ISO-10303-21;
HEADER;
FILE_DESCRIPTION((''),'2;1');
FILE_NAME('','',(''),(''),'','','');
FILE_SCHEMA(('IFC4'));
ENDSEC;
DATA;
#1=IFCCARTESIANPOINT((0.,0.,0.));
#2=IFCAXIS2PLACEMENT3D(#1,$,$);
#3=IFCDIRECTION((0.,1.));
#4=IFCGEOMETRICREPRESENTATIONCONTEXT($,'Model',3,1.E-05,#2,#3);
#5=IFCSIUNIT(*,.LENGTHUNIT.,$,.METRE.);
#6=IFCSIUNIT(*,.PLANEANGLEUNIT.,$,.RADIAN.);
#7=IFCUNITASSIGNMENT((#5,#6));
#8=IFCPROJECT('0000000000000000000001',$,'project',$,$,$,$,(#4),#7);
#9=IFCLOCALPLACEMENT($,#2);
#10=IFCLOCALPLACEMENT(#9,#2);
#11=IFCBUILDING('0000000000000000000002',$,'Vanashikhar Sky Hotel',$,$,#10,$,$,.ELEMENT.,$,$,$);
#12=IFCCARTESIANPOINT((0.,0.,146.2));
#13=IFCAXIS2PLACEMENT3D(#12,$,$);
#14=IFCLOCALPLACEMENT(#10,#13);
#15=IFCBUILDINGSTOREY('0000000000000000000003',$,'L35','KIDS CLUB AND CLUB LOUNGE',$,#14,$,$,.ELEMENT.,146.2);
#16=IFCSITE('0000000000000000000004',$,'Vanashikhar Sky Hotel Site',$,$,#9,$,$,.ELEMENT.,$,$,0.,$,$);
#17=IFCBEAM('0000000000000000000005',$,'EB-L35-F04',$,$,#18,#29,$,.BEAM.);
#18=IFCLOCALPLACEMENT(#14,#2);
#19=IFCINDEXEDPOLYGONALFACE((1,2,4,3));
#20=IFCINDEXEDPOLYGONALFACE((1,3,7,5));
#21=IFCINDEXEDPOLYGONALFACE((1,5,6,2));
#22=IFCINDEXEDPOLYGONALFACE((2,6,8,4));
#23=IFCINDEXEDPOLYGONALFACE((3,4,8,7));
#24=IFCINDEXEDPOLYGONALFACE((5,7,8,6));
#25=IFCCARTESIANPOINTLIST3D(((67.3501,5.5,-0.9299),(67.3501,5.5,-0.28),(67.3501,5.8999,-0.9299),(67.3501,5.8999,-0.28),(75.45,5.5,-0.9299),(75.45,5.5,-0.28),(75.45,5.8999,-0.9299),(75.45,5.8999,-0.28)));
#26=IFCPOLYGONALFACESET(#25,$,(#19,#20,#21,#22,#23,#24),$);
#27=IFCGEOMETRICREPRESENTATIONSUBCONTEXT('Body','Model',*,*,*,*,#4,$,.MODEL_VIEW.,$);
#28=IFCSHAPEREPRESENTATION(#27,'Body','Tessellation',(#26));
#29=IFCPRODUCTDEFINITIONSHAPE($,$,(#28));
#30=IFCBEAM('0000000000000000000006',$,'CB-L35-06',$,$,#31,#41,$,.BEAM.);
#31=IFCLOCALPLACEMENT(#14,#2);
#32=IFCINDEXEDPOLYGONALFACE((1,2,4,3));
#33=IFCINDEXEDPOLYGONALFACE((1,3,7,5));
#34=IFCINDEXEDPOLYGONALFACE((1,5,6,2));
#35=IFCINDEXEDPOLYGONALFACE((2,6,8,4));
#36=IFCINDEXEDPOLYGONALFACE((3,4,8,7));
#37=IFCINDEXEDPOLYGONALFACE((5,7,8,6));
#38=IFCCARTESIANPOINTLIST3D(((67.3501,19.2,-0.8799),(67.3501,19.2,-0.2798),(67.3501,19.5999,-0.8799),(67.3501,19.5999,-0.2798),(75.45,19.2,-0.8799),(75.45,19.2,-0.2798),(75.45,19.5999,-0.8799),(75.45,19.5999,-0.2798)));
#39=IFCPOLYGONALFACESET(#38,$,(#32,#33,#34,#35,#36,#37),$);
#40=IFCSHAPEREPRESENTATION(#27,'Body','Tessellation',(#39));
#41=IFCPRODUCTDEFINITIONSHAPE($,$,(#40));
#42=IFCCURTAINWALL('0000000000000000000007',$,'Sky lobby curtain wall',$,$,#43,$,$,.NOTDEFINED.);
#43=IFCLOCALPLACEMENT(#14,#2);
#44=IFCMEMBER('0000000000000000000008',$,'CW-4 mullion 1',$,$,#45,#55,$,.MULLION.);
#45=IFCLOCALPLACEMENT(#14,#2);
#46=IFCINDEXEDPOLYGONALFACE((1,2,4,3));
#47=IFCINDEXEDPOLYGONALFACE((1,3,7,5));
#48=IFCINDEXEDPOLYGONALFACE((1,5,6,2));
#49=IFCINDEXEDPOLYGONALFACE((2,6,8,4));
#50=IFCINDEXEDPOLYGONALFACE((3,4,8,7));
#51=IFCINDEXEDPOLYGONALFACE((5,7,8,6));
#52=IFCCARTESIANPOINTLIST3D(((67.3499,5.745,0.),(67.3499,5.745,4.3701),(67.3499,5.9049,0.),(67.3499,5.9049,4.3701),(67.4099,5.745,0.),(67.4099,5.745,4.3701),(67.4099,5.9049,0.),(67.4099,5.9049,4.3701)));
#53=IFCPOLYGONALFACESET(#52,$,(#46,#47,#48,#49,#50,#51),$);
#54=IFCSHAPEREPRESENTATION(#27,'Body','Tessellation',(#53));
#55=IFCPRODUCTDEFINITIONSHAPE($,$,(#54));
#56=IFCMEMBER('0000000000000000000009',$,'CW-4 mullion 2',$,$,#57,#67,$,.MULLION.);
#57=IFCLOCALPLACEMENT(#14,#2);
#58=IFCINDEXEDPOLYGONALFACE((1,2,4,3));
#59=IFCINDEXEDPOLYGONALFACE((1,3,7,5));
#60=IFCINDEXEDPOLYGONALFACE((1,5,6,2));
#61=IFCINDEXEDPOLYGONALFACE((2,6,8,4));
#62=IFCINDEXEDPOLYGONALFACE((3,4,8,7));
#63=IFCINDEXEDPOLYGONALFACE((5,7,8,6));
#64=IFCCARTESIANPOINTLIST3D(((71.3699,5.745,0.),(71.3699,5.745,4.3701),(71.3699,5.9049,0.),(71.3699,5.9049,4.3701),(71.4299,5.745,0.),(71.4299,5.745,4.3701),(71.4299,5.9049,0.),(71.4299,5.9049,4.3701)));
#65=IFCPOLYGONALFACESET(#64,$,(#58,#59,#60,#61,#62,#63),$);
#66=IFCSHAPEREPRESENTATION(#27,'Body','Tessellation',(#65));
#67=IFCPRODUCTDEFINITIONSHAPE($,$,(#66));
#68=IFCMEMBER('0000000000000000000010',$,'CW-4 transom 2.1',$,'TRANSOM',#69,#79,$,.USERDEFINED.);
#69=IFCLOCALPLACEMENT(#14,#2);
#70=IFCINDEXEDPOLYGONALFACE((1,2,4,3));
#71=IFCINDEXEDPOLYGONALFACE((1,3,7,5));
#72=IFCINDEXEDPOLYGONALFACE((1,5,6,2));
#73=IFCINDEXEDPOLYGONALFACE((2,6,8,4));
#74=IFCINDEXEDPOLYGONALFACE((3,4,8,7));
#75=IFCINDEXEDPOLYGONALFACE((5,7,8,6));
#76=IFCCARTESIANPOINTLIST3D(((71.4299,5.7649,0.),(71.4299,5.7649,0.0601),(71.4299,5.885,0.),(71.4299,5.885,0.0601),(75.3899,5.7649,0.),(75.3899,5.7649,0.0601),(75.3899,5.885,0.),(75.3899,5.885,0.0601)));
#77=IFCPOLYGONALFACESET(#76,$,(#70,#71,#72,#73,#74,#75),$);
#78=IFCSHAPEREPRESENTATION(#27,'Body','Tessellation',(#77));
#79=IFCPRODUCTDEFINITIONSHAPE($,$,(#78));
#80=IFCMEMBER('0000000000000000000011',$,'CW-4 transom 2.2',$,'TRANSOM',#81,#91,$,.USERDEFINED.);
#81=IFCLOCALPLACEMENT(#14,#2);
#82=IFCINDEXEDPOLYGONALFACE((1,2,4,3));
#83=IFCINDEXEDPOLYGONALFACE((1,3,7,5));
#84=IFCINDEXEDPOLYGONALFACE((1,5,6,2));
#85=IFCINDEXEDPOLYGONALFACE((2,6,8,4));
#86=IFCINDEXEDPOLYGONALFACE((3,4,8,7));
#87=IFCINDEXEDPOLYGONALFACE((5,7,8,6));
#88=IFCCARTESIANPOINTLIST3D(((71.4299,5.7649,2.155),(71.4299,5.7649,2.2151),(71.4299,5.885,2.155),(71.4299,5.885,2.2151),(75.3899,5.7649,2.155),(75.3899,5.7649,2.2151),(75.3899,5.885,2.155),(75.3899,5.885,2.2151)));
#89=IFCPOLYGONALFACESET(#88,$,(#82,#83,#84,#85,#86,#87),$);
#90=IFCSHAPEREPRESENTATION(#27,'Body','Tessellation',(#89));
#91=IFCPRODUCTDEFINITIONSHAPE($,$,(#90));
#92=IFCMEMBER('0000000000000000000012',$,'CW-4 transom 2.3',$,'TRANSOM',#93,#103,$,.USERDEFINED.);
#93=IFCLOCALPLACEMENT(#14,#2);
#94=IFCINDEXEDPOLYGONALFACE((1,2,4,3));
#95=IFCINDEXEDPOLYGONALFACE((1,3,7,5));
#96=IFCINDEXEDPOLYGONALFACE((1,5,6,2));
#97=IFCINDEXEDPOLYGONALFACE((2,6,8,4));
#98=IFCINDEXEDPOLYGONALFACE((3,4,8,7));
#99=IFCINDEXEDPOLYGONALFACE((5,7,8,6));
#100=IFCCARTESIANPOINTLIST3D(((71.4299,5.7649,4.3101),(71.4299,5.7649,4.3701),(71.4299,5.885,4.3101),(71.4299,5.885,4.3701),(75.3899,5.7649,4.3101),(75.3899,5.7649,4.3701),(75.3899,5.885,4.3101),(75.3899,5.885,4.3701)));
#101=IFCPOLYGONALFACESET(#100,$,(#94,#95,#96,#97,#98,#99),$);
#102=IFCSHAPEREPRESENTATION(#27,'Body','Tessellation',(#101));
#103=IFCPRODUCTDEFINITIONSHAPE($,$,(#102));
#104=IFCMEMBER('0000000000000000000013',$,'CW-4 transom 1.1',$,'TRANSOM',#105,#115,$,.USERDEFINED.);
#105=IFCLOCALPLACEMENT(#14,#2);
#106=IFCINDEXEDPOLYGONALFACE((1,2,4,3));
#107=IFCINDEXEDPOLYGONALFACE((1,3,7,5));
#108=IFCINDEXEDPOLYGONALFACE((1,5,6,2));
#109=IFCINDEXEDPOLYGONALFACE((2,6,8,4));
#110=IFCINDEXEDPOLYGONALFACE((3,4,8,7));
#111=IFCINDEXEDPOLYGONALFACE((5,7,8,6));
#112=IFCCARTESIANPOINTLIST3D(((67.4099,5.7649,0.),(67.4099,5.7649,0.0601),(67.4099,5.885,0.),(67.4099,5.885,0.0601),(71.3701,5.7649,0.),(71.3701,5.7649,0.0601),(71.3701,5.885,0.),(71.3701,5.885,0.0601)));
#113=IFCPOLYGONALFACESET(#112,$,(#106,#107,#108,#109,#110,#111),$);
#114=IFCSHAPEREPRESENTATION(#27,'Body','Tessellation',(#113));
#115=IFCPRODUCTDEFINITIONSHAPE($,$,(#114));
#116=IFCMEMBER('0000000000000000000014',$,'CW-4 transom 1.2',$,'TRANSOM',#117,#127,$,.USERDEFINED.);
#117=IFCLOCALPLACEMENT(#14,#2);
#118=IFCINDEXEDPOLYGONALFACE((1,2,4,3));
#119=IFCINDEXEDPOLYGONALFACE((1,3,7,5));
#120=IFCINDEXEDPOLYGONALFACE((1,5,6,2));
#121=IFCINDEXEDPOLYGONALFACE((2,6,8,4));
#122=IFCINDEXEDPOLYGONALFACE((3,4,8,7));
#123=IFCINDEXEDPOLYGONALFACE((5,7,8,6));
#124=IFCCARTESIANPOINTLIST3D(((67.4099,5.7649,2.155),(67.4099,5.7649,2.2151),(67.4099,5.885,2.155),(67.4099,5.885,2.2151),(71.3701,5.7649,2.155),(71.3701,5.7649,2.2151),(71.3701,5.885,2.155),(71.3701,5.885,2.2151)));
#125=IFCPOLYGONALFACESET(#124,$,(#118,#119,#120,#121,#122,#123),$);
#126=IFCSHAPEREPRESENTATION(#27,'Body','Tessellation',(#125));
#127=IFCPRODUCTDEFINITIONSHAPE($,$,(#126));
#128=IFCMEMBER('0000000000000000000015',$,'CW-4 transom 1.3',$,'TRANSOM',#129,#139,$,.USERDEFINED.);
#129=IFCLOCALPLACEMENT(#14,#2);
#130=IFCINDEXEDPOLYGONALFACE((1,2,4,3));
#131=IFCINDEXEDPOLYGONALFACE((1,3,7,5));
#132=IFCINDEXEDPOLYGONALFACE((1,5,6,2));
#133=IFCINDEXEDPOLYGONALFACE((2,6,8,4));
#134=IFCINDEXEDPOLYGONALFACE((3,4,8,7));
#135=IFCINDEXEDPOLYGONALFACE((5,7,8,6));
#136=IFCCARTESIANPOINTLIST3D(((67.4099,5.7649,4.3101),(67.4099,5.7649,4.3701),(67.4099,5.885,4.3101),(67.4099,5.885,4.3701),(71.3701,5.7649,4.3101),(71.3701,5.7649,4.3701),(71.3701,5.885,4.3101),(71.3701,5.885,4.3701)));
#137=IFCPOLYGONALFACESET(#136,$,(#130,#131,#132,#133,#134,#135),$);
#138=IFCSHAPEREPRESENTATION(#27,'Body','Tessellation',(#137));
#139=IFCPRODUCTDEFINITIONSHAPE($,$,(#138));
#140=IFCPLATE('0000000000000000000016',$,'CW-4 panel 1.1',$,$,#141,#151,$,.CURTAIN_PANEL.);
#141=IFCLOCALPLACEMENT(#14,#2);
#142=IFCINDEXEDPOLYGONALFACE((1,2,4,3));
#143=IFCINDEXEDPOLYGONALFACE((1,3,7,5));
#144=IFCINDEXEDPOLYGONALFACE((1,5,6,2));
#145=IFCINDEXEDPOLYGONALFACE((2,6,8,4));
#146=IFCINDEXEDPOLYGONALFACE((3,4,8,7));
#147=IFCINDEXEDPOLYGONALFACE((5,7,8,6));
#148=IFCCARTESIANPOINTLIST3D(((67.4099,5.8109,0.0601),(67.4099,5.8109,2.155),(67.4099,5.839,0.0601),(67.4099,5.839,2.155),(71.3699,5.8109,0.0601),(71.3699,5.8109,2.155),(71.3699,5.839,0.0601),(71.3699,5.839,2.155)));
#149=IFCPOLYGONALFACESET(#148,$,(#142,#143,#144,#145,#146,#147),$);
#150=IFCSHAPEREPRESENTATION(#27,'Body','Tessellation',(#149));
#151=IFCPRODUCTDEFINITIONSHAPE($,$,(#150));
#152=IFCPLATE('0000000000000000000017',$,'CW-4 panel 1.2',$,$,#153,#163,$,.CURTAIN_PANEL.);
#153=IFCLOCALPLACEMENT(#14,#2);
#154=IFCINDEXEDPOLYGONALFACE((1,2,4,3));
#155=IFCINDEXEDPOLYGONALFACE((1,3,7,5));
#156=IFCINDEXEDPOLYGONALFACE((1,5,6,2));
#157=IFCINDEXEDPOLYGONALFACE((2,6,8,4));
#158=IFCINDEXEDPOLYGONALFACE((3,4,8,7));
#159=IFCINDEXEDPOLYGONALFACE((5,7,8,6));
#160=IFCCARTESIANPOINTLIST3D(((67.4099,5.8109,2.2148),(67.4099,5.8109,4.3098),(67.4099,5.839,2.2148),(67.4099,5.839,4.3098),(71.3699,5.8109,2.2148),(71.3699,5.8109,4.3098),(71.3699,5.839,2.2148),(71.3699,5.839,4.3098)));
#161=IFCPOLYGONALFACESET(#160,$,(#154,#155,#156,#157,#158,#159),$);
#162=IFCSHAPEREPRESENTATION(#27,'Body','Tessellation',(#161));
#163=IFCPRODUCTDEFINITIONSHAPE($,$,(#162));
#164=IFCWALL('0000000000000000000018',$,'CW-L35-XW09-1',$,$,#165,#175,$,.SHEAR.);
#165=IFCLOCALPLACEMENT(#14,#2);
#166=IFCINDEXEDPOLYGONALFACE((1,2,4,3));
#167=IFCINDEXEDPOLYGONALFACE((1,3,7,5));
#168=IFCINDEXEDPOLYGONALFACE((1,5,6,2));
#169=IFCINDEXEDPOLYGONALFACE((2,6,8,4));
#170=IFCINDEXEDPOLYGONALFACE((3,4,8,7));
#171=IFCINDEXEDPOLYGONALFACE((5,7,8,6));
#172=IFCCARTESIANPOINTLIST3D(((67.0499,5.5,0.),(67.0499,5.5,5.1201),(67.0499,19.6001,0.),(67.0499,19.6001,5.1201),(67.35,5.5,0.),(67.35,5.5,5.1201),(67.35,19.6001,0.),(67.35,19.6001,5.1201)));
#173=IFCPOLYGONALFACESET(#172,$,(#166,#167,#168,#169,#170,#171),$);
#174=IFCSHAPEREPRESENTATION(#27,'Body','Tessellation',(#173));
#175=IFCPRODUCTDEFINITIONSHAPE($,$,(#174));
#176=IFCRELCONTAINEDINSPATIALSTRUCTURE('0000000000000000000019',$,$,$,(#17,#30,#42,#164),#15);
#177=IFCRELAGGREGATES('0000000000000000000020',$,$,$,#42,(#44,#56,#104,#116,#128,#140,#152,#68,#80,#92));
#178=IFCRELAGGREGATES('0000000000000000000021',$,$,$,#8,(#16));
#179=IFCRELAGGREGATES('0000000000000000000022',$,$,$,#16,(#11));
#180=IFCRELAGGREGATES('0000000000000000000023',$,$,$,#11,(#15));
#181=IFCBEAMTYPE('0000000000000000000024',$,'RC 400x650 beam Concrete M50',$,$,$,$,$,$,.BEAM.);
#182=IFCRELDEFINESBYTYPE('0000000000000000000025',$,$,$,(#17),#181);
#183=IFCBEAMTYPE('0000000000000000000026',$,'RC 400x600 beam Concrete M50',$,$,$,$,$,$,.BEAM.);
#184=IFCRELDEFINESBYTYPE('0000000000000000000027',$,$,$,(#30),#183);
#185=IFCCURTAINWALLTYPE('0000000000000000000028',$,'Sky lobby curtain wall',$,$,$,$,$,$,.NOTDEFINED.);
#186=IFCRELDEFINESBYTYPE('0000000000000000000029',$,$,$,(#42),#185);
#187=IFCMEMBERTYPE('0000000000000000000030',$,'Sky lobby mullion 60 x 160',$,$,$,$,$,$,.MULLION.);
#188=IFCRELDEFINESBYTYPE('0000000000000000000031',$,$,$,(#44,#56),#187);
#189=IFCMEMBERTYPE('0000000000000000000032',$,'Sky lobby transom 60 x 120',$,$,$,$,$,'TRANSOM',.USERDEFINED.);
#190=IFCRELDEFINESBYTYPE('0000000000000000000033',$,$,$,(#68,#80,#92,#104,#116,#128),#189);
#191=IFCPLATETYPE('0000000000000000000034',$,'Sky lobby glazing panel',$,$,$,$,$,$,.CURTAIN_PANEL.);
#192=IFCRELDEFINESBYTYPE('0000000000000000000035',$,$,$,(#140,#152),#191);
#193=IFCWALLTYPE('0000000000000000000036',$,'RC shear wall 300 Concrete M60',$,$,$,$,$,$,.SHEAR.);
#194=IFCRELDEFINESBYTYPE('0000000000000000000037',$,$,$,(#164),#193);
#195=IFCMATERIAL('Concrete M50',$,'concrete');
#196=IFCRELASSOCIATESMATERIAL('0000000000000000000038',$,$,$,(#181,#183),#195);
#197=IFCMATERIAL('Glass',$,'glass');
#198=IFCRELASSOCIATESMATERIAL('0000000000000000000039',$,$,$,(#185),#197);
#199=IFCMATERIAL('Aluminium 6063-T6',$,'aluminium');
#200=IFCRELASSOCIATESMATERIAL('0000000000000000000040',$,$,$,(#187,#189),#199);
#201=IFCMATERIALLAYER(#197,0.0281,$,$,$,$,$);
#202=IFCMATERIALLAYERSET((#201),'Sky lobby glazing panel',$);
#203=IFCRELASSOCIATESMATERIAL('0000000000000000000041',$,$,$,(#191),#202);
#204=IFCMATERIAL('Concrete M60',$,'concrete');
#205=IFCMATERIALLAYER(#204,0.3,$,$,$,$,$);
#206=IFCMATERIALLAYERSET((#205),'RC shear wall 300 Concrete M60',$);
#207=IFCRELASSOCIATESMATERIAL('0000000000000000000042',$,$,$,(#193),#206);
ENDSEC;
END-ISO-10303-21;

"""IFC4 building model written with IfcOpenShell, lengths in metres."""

from ifc_helpers import new_model, si_unit, direction, frame, frame_2d, origin, origin_2d, place, context, subcontext, project, spatial, rectangle, extrude, source, transform, mapped, material, layer, layer_set, material_profile, profile_set, type_object, element, aggregate, save


model = new_model("IFC4")

# Units and contexts
model_context = context("Model", 3, precision=1e-05, world=origin(), true_north=direction((0.0, 1.0)))
body_context = subcontext(model_context, "Body", "Model", "MODEL_VIEW")
ifc_project = project(units=[si_unit("LENGTHUNIT", "METRE"), si_unit("PLANEANGLEUNIT", "RADIAN")], contexts=[model_context])

# Site, building, storey
site_placement = place(None, origin())
site = spatial("IfcSite", under=ifc_project, at=site_placement, Name="Vanashikhar Sky Hotel Site", CompositionType="ELEMENT", RefElevation=0.0)
building_placement = place(site_placement, origin())
building = spatial("IfcBuilding", under=site, at=building_placement, Name="Vanashikhar Sky Hotel", CompositionType="ELEMENT")
storey_placement = place(building_placement, frame((0.0, 0.0, 146.2)))
storey = spatial("IfcBuildingStorey", under=building, at=storey_placement, Name="L35", Description="KIDS CLUB AND CLUB LOUNGE", CompositionType="ELEMENT", Elevation=146.2)

# Beams
ifc_material_1 = material(Name="Concrete M50", Category="concrete")
ifc_material_profile_1 = material_profile(ifc_material_1, rectangle(XDim=0.3999, YDim=0.6499, at=origin_2d()))
ifc_profile_set_1 = profile_set([ifc_material_profile_1], Name="RC 400x650 beam Concrete M50")
beam_type_1 = type_object("IfcBeamType", Name="RC 400x650 beam Concrete M50", PredefinedType="BEAM", material=ifc_profile_set_1)
shared_shape_1 = source(origin(), body_context, "Body", "SweptSolid", [
    extrude(rectangle(XDim=0.3999, YDim=0.6499, at=origin_2d()), origin(), (0.0, 0.0, 1.0), 8.0999),
])
beam_1_placement = place(storey_placement, frame((67.3501, 5.7, -0.605), z_axis=(1.0, 0.0, 0.0), x_axis=(0.0, 1.0, 0.0)))
element("IfcBeam", 1, at=beam_1_placement, inside=storey, type_object=beam_type_1, Name="EB-L35-F04", PredefinedType="BEAM", context=body_context, shape_type="MappedRepresentation", body=[
    mapped(shared_shape_1, transform((0.0, 0.0, 0.0), scale=1.0)),
])
ifc_material_profile_2 = material_profile(ifc_material_1, rectangle(XDim=0.3999, YDim=0.6001, at=origin_2d()))
ifc_profile_set_2 = profile_set([ifc_material_profile_2], Name="RC 400x600 beam Concrete M50")
beam_type_2 = type_object("IfcBeamType", Name="RC 400x600 beam Concrete M50", PredefinedType="BEAM", material=ifc_profile_set_2)
shared_shape_2 = source(origin(), body_context, "Body", "SweptSolid", [
    extrude(rectangle(XDim=0.3999, YDim=0.6001, at=origin_2d()), origin(), (0.0, 0.0, 1.0), 8.0999),
])
beam_2_placement = place(storey_placement, frame((67.3501, 19.3999, -0.5798), z_axis=(1.0, 0.0, 0.0), x_axis=(0.0, 1.0, 0.0)))
element("IfcBeam", 2, at=beam_2_placement, inside=storey, type_object=beam_type_2, Name="CB-L35-06", PredefinedType="BEAM", context=body_context, shape_type="MappedRepresentation", body=[
    mapped(shared_shape_2, transform((0.0, 0.0, 0.0), scale=1.0)),
])

# Curtain wall, members, plates
ifc_material_2 = material(Name="Glass", Category="glass")
curtain_wall_type = type_object("IfcCurtainWallType", Name="Sky lobby curtain wall", PredefinedType="NOTDEFINED", material=ifc_material_2)
curtain_wall_placement = place(storey_placement, origin())
curtain_wall = element("IfcCurtainWall", 3, at=curtain_wall_placement, inside=storey, type_object=curtain_wall_type, Name="Sky lobby curtain wall", PredefinedType="NOTDEFINED")
ifc_material_3 = material(Name="Aluminium 6063-T6", Category="aluminium")
ifc_material_profile_3 = material_profile(ifc_material_3, rectangle(XDim=0.1599, YDim=0.0601, at=origin_2d()))
ifc_profile_set_3 = profile_set([ifc_material_profile_3], Name="Aluminium 6063-T6")
member_type_1 = type_object("IfcMemberType", Name="Sky lobby mullion 60 x 160", PredefinedType="MULLION", material=ifc_profile_set_3)
shared_shape_3 = source(origin(), body_context, "Body", "SweptSolid", [
    extrude(rectangle(XDim=0.1599, YDim=0.0601, at=origin_2d()), origin(), (0.0, 0.0, 1.0), 4.3701),
])
member_1_placement = place(storey_placement, frame((67.3799, 5.825, 0.0), z_axis=(0.0, 0.0, 1.0), x_axis=(0.0, 1.0, 0.0)))
member_1 = element("IfcMember", 4, at=member_1_placement, type_object=member_type_1, Name="CW-4 mullion 1", PredefinedType="MULLION", context=body_context, shape_type="MappedRepresentation", body=[
    mapped(shared_shape_3, transform((0.0, 0.0, 0.0), scale=1.0)),
])
member_2_placement = place(storey_placement, frame((71.3999, 5.825, 0.0), z_axis=(0.0, 0.0, 1.0), x_axis=(0.0, 1.0, 0.0)))
member_2 = element("IfcMember", 5, at=member_2_placement, type_object=member_type_1, Name="CW-4 mullion 2", PredefinedType="MULLION", context=body_context, shape_type="MappedRepresentation", body=[
    mapped(shared_shape_3, transform((0.0, 0.0, 0.0), scale=1.0)),
])
ifc_material_profile_4 = material_profile(ifc_material_3, rectangle(XDim=0.1201, YDim=0.0601, at=origin_2d()))
ifc_profile_set_4 = profile_set([ifc_material_profile_4], Name="Aluminium 6063-T6")
member_type_2 = type_object("IfcMemberType", Name="Sky lobby transom 60 x 120", ElementType="TRANSOM", PredefinedType="USERDEFINED", material=ifc_profile_set_4)
shared_shape_4 = source(origin(), body_context, "Body", "SweptSolid", [
    extrude(rectangle(XDim=0.1201, YDim=0.0601, at=origin_2d()), origin(), (0.0, 0.0, 1.0), 3.96),
])
member_3_placement = place(storey_placement, frame((71.4299, 5.825, 0.03), z_axis=(1.0, 0.0, 0.0), x_axis=(0.0, 1.0, 0.0)))
member_3 = element("IfcMember", 6, at=member_3_placement, type_object=member_type_2, Name="CW-4 transom 2.1", ObjectType="TRANSOM", PredefinedType="USERDEFINED", context=body_context, shape_type="MappedRepresentation", body=[
    mapped(shared_shape_4, transform((0.0, 0.0, 0.0), scale=1.0)),
])
member_4_placement = place(storey_placement, frame((71.4299, 5.825, 2.1851), z_axis=(1.0, 0.0, 0.0), x_axis=(0.0, 1.0, 0.0)))
member_4 = element("IfcMember", 7, at=member_4_placement, type_object=member_type_2, Name="CW-4 transom 2.2", ObjectType="TRANSOM", PredefinedType="USERDEFINED", context=body_context, shape_type="MappedRepresentation", body=[
    mapped(shared_shape_4, transform((0.0, 0.0, 0.0), scale=1.0)),
])
member_5_placement = place(storey_placement, frame((71.4299, 5.825, 4.3401), z_axis=(1.0, 0.0, 0.0), x_axis=(0.0, 1.0, 0.0)))
member_5 = element("IfcMember", 8, at=member_5_placement, type_object=member_type_2, Name="CW-4 transom 2.3", ObjectType="TRANSOM", PredefinedType="USERDEFINED", context=body_context, shape_type="MappedRepresentation", body=[
    mapped(shared_shape_4, transform((0.0, 0.0, 0.0), scale=1.0)),
])
shared_shape_5 = source(origin(), body_context, "Body", "SweptSolid", [
    extrude(rectangle(XDim=0.1201, YDim=0.0601, at=origin_2d()), origin(), (0.0, 0.0, 1.0), 3.9602),
])
member_6_placement = place(storey_placement, frame((67.4099, 5.825, 0.03), z_axis=(1.0, 0.0, 0.0), x_axis=(0.0, 1.0, 0.0)))
member_6 = element("IfcMember", 9, at=member_6_placement, type_object=member_type_2, Name="CW-4 transom 1.1", ObjectType="TRANSOM", PredefinedType="USERDEFINED", context=body_context, shape_type="MappedRepresentation", body=[
    mapped(shared_shape_5, transform((0.0, 0.0, 0.0), scale=1.0)),
])
member_7_placement = place(storey_placement, frame((67.4099, 5.825, 2.1851), z_axis=(1.0, 0.0, 0.0), x_axis=(0.0, 1.0, 0.0)))
member_7 = element("IfcMember", 10, at=member_7_placement, type_object=member_type_2, Name="CW-4 transom 1.2", ObjectType="TRANSOM", PredefinedType="USERDEFINED", context=body_context, shape_type="MappedRepresentation", body=[
    mapped(shared_shape_5, transform((0.0, 0.0, 0.0), scale=1.0)),
])
member_8_placement = place(storey_placement, frame((67.4099, 5.825, 4.3401), z_axis=(1.0, 0.0, 0.0), x_axis=(0.0, 1.0, 0.0)))
member_8 = element("IfcMember", 11, at=member_8_placement, type_object=member_type_2, Name="CW-4 transom 1.3", ObjectType="TRANSOM", PredefinedType="USERDEFINED", context=body_context, shape_type="MappedRepresentation", body=[
    mapped(shared_shape_5, transform((0.0, 0.0, 0.0), scale=1.0)),
])
ifc_layer_1 = layer(ifc_material_2, 0.0281)
ifc_layer_set_1 = layer_set([ifc_layer_1], Name="Sky lobby glazing panel")
plate_type = type_object("IfcPlateType", Name="Sky lobby glazing panel", PredefinedType="CURTAIN_PANEL", material=ifc_layer_set_1)
shared_shape_6 = source(origin(), body_context, "Body", "SweptSolid", [
    extrude(rectangle(XDim=3.96, YDim=0.0281, at=origin_2d()), origin(), (0.0, 0.0, 1.0), 2.095),
])
plate_1_placement = place(storey_placement, frame((69.3899, 5.825, 0.0601), z_axis=(0.0, 0.0, 1.0), x_axis=(1.0, 0.0, 0.0)))
plate_1 = element("IfcPlate", 12, at=plate_1_placement, type_object=plate_type, Name="CW-4 panel 1.1", PredefinedType="CURTAIN_PANEL", context=body_context, shape_type="MappedRepresentation", body=[
    mapped(shared_shape_6, transform((0.0, 0.0, 0.0), scale=1.0)),
])
plate_2_placement = place(storey_placement, frame((69.3899, 5.825, 2.2148), z_axis=(0.0, 0.0, 1.0), x_axis=(1.0, 0.0, 0.0)))
plate_2 = element("IfcPlate", 13, at=plate_2_placement, type_object=plate_type, Name="CW-4 panel 1.2", PredefinedType="CURTAIN_PANEL", context=body_context, shape_type="MappedRepresentation", body=[
    mapped(shared_shape_6, transform((0.0, 0.0, 0.0), scale=1.0)),
])
aggregate(curtain_wall, [member_1, member_2, member_6, member_7, member_8, plate_1, plate_2, member_3, member_4, member_5])

# Wall
ifc_material_4 = material(Name="Concrete M60", Category="concrete")
ifc_layer_2 = layer(ifc_material_4, 0.3)
ifc_layer_set_2 = layer_set([ifc_layer_2], Name="RC shear wall 300 Concrete M60")
wall_type_1 = type_object("IfcWallType", Name="RC shear wall 300 Concrete M60", PredefinedType="SHEAR", material=ifc_layer_set_2)
shared_shape_7 = source(origin(), body_context, "Body", "SweptSolid", [
    extrude(rectangle(XDim=14.1001, YDim=0.3, at=frame_2d((7.05, 0.0))), origin(), (0.0, 0.0, 1.0), 5.1201),
])
wall_1_placement = place(storey_placement, frame((67.2, 5.5, 0.0), z_axis=(0.0, 0.0, 1.0), x_axis=(0.0, 1.0, 0.0)))
element("IfcWall", 14, at=wall_1_placement, inside=storey, type_object=wall_type_1, Name="CW-L35-XW09-1", PredefinedType="SHEAR", context=body_context, shape_type="MappedRepresentation", body=[
    mapped(shared_shape_7, transform((0.0, 0.0, 0.0), scale=1.0)),
])

save(model, "model.ifc")
